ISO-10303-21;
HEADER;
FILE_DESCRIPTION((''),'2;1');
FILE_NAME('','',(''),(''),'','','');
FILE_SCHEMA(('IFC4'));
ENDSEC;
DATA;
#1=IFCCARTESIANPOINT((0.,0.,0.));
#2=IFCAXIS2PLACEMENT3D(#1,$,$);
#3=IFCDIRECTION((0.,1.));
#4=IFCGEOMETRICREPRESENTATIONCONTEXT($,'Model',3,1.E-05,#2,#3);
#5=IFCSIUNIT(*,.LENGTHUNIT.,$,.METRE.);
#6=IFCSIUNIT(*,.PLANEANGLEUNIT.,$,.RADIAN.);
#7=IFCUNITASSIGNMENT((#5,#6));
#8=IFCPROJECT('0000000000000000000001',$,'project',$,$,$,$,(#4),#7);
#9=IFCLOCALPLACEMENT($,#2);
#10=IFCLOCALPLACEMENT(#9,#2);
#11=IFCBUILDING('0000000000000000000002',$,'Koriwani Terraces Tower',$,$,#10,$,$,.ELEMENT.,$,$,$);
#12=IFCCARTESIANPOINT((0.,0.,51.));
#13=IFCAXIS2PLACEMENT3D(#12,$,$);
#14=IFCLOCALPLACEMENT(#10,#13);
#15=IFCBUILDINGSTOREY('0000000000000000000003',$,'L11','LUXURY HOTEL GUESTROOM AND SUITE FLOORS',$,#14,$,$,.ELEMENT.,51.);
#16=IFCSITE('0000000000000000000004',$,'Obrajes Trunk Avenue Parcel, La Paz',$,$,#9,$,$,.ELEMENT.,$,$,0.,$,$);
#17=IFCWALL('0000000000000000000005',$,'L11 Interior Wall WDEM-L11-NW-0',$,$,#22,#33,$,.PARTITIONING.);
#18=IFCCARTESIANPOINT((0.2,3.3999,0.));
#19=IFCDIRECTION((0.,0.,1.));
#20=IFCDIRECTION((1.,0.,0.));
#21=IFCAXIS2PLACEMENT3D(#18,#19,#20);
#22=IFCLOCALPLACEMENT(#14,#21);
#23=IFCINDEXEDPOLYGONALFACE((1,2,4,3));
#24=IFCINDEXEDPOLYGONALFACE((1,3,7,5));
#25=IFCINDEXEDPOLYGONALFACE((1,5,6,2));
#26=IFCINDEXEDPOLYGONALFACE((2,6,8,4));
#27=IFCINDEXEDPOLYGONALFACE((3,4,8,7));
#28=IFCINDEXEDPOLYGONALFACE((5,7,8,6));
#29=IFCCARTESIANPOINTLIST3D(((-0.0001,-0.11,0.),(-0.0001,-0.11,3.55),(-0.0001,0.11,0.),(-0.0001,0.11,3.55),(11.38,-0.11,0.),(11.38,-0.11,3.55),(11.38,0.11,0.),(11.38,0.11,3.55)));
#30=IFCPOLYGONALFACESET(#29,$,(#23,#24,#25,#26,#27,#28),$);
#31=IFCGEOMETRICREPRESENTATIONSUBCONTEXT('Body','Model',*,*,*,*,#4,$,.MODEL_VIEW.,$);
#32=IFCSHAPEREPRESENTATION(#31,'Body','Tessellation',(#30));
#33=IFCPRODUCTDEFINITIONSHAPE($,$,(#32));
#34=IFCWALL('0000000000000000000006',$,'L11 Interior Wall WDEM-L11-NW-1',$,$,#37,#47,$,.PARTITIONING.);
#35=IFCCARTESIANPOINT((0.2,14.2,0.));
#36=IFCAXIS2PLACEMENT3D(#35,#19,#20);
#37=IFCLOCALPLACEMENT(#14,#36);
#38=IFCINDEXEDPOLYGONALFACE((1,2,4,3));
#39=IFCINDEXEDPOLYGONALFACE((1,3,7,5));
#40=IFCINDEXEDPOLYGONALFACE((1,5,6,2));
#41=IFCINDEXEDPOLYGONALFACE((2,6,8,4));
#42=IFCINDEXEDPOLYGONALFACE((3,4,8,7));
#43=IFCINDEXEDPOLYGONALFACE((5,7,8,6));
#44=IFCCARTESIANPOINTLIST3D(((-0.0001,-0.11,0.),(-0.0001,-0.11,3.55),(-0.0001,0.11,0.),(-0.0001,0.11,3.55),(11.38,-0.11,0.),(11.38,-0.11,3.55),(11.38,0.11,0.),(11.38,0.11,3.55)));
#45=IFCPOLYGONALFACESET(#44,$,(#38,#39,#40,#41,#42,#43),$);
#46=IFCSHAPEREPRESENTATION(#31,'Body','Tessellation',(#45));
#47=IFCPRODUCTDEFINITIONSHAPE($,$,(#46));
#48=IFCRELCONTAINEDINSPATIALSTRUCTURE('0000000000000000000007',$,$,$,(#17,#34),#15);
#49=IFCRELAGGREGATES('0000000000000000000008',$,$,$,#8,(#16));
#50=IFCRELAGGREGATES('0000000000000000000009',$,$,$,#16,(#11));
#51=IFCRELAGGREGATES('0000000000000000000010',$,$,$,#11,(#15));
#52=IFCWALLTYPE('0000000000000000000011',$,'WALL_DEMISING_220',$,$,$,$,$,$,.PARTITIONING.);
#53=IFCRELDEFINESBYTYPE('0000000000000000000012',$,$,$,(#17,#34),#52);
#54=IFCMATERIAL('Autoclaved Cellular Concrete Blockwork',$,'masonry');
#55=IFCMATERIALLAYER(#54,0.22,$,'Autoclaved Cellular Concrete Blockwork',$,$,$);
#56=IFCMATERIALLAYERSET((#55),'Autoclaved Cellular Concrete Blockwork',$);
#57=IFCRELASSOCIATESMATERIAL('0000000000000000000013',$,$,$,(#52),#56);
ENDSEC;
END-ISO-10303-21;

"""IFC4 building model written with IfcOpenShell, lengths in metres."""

from ifc_helpers import new_model, si_unit, direction, frame, frame_2d, origin, place, context, subcontext, project, spatial, rectangle, extrude, material, layer, layer_set, type_object, element, save


model = new_model("IFC4")

# Units and contexts
model_context = context("Model", 3, precision=1e-05, world=origin(), true_north=direction((0.0, 1.0)))
body_context = subcontext(model_context, "Body", "Model", "MODEL_VIEW")
ifc_project = project(units=[si_unit("LENGTHUNIT", "METRE"), si_unit("PLANEANGLEUNIT", "RADIAN")], contexts=[model_context])

# Site, building, storey
site_placement = place(None, origin())
site = spatial("IfcSite", under=ifc_project, at=site_placement, Name="Obrajes Trunk Avenue Parcel, La Paz", CompositionType="ELEMENT", RefElevation=0.0)
building_placement = place(site_placement, origin())
building = spatial("IfcBuilding", under=site, at=building_placement, Name="Koriwani Terraces Tower", CompositionType="ELEMENT")
storey_placement = place(building_placement, frame((0.0, 0.0, 51.0)))
storey = spatial("IfcBuildingStorey", under=building, at=storey_placement, Name="L11", Description="LUXURY HOTEL GUESTROOM AND SUITE FLOORS", CompositionType="ELEMENT", Elevation=51.0)

# Walls
ifc_material_1 = material(Name="Autoclaved Cellular Concrete Blockwork", Category="masonry")
ifc_layer_1 = layer(ifc_material_1, 0.22, Name="Autoclaved Cellular Concrete Blockwork")
ifc_layer_set_1 = layer_set([ifc_layer_1], Name="Autoclaved Cellular Concrete Blockwork")
wall_type_1 = type_object("IfcWallType", Name="WALL_DEMISING_220", PredefinedType="PARTITIONING", material=ifc_layer_set_1)
for number, where, z_axis, x_axis, name in (
    (1, (0.2, 3.3999, 0.0), (0.0, 0.0, 1.0), (1.0, 0.0, 0.0), "L11 Interior Wall WDEM-L11-NW-0"),
    (2, (0.2, 14.2, 0.0), (0.0, 0.0, 1.0), (1.0, 0.0, 0.0), "L11 Interior Wall WDEM-L11-NW-1"),
):
    element("IfcWall", number, at=place(storey_placement, frame(where, z_axis=z_axis, x_axis=x_axis)), inside=storey, type_object=wall_type_1, Name=name, PredefinedType="PARTITIONING", context=body_context, shape_type="SweptSolid", body=[
        extrude(rectangle(XDim=11.3801, YDim=0.22, at=frame_2d((5.6899, 0.0))), origin(), (0.0, 0.0, 1.0), 3.55),
    ])

save(model, "model.ifc")
